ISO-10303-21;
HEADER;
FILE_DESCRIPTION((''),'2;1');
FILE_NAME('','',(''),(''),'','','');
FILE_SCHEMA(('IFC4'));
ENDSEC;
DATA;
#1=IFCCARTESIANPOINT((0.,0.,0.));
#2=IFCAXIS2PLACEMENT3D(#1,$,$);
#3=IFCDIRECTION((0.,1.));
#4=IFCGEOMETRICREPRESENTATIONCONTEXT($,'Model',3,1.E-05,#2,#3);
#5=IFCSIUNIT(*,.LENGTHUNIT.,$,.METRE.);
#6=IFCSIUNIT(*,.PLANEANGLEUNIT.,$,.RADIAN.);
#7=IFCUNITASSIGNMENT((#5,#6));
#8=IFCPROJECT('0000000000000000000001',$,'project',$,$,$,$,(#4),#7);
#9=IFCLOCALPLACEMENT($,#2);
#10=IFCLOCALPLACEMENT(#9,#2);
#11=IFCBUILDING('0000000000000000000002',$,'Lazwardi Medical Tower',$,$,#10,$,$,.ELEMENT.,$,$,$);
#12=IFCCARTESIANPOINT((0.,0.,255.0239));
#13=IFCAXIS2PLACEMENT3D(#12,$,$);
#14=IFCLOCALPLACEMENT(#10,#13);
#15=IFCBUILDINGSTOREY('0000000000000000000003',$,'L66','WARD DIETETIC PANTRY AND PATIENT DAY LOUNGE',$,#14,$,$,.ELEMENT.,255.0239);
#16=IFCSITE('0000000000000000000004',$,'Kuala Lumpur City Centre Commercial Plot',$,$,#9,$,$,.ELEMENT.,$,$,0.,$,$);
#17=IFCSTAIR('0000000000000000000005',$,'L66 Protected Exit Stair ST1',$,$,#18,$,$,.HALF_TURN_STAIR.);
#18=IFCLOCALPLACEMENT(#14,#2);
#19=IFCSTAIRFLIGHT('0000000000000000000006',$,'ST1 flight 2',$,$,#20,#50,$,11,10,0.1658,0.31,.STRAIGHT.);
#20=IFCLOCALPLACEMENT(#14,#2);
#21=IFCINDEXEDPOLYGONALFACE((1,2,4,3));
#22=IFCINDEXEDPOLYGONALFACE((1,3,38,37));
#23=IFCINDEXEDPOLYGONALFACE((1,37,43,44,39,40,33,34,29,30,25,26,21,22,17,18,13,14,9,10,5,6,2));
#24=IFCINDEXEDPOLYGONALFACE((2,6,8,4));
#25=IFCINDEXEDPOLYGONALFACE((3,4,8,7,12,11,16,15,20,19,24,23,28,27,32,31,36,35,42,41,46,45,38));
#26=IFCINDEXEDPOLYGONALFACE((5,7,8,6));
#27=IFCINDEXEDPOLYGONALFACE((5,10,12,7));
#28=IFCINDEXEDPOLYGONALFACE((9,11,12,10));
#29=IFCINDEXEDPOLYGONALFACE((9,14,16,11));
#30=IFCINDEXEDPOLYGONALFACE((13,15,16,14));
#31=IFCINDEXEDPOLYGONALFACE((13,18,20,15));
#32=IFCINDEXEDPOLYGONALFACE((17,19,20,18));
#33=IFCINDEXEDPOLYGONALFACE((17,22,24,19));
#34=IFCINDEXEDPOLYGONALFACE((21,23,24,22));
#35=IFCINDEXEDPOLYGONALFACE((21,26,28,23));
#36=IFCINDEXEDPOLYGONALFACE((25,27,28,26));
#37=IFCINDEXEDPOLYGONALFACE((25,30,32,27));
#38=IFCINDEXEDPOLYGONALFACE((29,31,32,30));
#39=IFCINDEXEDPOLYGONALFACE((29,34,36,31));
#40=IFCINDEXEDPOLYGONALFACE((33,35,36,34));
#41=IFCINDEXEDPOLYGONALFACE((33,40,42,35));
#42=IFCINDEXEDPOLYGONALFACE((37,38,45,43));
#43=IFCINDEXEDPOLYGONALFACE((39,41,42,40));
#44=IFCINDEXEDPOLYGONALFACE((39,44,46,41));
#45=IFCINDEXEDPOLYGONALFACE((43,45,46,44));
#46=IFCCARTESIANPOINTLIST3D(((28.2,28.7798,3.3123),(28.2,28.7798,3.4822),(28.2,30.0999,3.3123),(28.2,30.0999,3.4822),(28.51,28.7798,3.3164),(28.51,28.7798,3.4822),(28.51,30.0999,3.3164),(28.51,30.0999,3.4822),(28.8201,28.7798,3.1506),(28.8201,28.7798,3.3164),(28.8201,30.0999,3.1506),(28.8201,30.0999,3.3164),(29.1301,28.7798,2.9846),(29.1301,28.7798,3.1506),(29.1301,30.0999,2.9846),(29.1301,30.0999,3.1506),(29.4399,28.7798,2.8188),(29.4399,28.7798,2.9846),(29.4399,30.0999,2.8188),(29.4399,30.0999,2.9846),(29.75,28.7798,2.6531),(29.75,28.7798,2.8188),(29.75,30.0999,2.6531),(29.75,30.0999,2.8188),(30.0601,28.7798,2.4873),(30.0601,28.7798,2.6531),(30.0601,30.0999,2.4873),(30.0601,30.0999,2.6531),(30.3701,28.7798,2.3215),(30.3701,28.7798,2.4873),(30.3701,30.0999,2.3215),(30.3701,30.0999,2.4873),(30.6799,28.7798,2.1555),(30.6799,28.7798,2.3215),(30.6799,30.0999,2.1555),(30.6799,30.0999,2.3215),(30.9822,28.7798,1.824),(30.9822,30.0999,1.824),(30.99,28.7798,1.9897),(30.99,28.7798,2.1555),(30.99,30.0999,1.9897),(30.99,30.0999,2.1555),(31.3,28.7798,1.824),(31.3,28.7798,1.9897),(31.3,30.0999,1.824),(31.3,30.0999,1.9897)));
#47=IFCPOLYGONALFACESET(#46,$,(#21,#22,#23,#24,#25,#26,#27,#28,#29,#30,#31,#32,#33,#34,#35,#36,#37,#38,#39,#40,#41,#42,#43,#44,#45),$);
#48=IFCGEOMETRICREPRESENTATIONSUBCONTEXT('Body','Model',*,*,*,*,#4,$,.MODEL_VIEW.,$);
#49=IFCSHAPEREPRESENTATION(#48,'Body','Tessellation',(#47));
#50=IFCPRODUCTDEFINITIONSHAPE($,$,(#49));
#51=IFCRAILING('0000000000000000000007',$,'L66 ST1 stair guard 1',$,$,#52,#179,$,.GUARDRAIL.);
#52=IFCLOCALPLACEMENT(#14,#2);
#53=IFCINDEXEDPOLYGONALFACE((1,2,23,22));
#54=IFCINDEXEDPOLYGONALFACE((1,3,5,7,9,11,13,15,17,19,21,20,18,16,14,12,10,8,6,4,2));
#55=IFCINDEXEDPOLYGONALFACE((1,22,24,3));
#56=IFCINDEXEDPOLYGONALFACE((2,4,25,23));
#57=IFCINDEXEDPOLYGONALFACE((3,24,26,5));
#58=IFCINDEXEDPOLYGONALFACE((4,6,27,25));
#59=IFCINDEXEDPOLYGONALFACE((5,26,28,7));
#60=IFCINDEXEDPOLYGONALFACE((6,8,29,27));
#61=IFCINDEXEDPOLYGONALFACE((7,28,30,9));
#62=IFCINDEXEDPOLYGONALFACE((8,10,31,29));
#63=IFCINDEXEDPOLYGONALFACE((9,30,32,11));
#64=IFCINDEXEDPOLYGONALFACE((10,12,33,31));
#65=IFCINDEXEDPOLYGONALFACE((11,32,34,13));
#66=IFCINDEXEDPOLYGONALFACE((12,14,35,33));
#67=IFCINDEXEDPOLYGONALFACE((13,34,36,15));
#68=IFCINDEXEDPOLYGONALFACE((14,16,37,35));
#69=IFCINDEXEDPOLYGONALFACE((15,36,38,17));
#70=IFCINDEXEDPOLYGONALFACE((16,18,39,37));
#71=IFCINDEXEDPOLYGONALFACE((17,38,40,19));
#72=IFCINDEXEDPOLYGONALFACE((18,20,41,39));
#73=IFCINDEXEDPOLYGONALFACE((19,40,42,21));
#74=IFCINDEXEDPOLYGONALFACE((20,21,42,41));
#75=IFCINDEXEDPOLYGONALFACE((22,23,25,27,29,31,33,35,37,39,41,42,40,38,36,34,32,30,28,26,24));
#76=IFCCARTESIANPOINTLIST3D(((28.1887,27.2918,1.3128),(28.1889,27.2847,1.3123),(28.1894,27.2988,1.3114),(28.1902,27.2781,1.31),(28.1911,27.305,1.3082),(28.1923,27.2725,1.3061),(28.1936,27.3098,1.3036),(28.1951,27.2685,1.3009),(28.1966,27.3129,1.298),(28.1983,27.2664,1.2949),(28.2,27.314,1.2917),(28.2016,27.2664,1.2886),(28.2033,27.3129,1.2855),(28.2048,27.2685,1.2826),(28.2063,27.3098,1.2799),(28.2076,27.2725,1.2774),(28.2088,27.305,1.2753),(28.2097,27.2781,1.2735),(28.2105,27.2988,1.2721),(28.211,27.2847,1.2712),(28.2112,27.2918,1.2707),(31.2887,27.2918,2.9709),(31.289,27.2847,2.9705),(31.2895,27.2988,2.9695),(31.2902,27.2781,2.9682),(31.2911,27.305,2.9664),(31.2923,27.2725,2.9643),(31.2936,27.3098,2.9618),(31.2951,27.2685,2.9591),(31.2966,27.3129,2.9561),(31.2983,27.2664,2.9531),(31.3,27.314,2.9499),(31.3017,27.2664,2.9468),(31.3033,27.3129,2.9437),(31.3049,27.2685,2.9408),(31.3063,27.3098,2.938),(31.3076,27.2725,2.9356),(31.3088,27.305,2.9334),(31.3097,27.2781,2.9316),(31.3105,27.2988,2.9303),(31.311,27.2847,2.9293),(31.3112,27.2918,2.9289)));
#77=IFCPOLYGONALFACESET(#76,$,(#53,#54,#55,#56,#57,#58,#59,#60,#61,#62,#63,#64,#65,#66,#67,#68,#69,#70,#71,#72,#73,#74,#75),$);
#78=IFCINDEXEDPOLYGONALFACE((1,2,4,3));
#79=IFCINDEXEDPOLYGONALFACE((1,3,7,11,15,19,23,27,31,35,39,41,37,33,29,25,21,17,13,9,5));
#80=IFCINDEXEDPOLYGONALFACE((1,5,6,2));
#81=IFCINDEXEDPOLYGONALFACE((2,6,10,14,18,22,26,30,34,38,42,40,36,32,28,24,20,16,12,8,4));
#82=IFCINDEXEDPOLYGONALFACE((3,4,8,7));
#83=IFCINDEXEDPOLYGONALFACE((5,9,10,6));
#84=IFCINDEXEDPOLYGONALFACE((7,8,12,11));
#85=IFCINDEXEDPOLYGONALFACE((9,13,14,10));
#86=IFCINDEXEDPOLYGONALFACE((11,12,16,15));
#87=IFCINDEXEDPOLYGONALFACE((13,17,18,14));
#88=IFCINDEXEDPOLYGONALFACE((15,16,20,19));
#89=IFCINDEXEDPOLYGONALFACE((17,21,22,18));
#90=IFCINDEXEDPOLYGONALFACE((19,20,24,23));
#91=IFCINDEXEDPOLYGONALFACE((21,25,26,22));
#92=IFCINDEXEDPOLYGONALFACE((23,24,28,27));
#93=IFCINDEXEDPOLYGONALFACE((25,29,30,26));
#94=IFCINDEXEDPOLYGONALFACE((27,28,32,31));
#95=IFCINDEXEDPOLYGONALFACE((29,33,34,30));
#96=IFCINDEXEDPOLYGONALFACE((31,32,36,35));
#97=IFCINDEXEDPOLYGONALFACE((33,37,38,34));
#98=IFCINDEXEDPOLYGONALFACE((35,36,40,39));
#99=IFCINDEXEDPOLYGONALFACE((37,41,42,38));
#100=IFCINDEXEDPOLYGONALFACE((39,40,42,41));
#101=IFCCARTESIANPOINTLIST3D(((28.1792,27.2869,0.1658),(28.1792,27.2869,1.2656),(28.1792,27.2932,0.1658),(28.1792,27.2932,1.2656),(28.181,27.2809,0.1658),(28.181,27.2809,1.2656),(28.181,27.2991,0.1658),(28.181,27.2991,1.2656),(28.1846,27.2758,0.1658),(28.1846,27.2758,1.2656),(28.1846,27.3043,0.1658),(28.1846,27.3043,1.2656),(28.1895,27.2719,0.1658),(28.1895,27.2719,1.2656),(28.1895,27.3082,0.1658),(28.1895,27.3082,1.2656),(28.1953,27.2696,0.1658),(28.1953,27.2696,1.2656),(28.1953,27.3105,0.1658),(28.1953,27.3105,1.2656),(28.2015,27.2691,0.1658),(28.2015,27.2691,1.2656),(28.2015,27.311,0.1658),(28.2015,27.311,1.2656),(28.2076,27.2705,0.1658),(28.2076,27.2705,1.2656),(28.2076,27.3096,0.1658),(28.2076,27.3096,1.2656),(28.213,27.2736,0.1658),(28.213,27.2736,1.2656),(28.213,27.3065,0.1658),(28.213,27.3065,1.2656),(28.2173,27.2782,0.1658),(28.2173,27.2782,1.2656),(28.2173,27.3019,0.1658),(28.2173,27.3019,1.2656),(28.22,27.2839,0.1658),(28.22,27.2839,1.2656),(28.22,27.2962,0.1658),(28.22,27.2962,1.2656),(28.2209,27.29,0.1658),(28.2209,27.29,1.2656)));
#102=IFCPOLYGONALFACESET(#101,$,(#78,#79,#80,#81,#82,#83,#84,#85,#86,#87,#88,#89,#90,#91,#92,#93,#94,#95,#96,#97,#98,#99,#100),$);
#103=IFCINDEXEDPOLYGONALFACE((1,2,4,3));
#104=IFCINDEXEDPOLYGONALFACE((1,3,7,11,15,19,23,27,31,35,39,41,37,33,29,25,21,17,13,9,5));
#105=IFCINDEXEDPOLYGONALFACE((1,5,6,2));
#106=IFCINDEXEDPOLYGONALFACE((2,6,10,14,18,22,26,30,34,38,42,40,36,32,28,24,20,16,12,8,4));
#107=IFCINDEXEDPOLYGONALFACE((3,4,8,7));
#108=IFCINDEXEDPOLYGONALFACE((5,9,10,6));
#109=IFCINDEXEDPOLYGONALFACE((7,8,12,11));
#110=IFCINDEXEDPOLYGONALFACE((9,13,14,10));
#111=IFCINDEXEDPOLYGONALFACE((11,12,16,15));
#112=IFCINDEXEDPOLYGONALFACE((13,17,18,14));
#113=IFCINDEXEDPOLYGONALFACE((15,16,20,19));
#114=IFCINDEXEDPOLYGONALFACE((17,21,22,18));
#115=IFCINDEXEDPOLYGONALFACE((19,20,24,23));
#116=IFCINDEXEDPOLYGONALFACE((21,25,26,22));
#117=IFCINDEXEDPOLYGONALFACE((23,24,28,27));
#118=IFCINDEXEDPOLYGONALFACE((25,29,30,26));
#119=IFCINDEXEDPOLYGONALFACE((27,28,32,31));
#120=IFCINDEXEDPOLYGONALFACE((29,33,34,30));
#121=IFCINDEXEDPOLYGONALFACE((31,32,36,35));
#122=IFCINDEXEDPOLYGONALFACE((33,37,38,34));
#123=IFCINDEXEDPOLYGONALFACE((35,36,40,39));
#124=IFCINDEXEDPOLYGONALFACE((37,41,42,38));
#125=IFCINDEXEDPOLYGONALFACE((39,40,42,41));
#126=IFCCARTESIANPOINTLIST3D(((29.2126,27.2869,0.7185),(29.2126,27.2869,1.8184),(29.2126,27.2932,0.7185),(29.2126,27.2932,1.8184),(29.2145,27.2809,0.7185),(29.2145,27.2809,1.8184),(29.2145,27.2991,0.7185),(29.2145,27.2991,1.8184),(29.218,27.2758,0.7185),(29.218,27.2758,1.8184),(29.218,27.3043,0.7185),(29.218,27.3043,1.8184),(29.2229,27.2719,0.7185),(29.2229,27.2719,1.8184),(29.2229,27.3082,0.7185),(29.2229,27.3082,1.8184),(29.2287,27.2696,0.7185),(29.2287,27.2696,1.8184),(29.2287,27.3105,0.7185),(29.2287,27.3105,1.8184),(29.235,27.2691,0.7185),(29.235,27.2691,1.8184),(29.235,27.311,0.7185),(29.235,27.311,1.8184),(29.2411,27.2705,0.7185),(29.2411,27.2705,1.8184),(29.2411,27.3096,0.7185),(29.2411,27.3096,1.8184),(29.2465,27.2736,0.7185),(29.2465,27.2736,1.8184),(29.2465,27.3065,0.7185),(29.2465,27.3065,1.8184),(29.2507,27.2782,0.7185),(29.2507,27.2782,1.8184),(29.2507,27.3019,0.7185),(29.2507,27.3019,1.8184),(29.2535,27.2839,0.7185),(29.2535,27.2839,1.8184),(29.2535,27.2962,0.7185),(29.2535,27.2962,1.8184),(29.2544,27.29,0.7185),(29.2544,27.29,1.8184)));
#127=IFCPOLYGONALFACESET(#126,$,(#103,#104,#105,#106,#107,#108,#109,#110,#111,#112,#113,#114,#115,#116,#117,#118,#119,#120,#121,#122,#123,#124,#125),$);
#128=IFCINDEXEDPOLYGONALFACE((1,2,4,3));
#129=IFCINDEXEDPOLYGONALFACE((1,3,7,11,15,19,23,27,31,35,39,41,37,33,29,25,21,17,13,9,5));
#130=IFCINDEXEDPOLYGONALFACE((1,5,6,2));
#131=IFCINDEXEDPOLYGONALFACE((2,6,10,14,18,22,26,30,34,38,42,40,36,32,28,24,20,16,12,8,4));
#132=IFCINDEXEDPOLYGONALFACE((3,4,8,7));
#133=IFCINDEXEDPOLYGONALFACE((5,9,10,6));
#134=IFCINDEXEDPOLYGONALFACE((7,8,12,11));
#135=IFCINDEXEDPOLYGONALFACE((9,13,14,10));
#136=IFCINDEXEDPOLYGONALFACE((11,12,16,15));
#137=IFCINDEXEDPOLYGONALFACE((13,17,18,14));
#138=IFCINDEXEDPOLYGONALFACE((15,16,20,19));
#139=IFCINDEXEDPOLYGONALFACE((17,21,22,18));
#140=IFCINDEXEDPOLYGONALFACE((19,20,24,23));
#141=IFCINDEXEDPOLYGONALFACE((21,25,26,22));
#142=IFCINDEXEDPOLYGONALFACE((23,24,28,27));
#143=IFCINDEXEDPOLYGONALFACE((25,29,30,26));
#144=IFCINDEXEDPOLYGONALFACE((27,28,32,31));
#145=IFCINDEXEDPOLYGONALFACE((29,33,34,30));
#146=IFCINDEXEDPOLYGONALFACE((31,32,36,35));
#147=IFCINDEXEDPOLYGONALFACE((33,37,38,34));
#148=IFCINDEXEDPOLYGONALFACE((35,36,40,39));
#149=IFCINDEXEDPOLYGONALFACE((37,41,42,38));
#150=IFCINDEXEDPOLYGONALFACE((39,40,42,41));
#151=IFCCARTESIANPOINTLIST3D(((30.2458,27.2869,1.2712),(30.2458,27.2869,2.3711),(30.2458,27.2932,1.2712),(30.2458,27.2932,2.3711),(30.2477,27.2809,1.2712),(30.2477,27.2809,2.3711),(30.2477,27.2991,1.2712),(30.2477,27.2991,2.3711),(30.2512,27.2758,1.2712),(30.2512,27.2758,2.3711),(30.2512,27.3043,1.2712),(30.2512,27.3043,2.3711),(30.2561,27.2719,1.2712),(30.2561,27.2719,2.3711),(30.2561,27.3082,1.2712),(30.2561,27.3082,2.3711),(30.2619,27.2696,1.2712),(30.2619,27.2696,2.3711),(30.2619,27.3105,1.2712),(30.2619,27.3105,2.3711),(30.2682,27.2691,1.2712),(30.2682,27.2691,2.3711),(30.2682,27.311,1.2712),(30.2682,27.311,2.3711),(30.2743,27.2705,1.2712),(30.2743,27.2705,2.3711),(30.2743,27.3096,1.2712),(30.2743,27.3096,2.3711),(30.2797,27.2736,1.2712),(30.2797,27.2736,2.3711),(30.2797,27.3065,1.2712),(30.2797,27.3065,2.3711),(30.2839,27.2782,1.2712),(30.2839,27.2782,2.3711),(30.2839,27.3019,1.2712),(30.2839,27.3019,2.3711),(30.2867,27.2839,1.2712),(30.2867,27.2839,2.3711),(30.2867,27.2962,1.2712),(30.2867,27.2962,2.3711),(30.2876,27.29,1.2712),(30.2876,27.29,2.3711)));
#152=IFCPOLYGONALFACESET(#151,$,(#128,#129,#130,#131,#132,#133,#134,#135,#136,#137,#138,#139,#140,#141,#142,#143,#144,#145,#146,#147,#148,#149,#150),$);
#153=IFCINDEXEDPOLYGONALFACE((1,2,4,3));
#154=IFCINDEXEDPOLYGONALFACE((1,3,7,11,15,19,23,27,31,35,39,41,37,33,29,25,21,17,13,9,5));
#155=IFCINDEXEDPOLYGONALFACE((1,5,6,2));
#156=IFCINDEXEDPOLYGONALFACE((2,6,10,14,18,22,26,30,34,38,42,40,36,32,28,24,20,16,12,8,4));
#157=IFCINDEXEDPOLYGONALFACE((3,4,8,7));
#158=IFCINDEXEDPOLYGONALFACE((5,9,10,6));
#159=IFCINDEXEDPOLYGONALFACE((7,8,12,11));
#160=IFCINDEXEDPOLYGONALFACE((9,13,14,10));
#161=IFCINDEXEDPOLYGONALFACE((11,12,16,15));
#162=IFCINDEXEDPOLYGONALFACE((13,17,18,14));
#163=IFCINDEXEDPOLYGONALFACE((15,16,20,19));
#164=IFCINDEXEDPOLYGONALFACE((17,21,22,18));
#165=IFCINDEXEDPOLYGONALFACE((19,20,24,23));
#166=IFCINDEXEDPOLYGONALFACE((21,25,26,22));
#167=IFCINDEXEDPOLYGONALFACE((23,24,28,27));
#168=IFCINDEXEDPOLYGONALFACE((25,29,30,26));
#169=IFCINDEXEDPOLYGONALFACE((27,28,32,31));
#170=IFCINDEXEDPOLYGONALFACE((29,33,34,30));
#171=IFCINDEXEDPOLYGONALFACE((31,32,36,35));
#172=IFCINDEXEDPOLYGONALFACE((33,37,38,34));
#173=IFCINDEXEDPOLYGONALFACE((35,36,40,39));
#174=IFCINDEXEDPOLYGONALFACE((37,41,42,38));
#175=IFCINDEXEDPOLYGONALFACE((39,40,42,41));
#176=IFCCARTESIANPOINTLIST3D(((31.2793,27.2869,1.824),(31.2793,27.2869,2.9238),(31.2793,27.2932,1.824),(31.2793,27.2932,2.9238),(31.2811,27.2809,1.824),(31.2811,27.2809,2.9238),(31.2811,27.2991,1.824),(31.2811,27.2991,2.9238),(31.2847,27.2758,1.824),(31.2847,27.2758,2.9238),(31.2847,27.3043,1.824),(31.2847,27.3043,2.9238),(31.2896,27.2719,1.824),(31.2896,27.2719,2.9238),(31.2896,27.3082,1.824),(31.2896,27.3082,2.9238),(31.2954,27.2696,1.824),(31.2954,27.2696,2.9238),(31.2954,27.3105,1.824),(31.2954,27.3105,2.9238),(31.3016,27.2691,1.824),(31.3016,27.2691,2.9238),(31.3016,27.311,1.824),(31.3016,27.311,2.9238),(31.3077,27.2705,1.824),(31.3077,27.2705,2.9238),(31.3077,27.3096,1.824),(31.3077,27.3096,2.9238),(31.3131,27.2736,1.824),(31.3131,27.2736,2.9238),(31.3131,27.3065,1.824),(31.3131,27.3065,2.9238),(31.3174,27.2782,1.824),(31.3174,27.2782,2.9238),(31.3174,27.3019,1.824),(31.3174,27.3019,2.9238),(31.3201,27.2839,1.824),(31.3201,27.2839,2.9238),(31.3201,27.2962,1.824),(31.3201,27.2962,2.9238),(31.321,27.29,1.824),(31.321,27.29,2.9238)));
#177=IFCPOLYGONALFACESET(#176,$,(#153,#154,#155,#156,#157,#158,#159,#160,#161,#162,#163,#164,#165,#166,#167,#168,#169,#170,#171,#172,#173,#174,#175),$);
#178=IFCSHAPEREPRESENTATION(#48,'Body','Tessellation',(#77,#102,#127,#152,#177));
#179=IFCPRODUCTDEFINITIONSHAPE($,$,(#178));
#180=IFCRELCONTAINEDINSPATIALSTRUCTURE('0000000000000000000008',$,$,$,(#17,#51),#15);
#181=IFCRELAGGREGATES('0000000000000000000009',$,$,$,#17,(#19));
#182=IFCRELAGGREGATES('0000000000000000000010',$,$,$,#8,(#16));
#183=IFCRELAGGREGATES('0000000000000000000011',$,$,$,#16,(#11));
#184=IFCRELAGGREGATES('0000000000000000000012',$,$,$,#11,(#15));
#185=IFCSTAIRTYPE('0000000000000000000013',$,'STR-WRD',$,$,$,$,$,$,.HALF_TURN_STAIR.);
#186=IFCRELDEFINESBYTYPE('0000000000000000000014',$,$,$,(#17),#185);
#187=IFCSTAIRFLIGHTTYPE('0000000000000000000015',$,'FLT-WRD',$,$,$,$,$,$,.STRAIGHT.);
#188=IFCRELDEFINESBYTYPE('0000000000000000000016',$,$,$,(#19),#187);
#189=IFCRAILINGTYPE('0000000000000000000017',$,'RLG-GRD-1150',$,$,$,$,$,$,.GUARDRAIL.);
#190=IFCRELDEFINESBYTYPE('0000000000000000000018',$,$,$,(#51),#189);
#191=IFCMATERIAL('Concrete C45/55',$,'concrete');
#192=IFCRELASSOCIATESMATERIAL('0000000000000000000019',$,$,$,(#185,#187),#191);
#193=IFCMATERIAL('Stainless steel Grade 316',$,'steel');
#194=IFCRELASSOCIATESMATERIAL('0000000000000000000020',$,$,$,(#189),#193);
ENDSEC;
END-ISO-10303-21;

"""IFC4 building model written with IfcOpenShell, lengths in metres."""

from ifc_helpers import new_model, si_unit, direction, frame, origin, origin_2d, place, context, subcontext, project, spatial, polyline, circle, outline, extrude, material, type_object, element, aggregate, save


model = new_model("IFC4")

# Units and contexts
model_context = context("Model", 3, precision=1e-05, world=origin(), true_north=direction((0.0, 1.0)))
body_context = subcontext(model_context, "Body", "Model", "MODEL_VIEW")
ifc_project = project(units=[si_unit("LENGTHUNIT", "METRE"), si_unit("PLANEANGLEUNIT", "RADIAN")], contexts=[model_context])

# Site, building, storey
site_placement = place(None, origin())
site = spatial("IfcSite", under=ifc_project, at=site_placement, Name="Kuala Lumpur City Centre Commercial Plot", CompositionType="ELEMENT", RefElevation=0.0)
building_placement = place(site_placement, origin())
building = spatial("IfcBuilding", under=site, at=building_placement, Name="Lazwardi Medical Tower", CompositionType="ELEMENT")
storey_placement = place(building_placement, frame((0.0, 0.0, 255.0239)))
storey = spatial("IfcBuildingStorey", under=building, at=storey_placement, Name="L66", Description="WARD DIETETIC PANTRY AND PATIENT DAY LOUNGE", CompositionType="ELEMENT", Elevation=255.0239)

# Stair, stair flight
ifc_material_1 = material(Name="Concrete C45/55", Category="concrete")
stair_type = type_object("IfcStairType", Name="STR-WRD", PredefinedType="HALF_TURN_STAIR", material=ifc_material_1)
stair_placement = place(storey_placement, origin())
stair = element("IfcStair", 1, at=stair_placement, inside=storey, type_object=stair_type, Name="L66 Protected Exit Stair ST1", PredefinedType="HALF_TURN_STAIR")
stair_flight_type = type_object("IfcStairFlightType", Name="FLT-WRD", PredefinedType="STRAIGHT", material=ifc_material_1)
stair_flight_1_placement = place(storey_placement, frame((31.3, 29.4399, 1.824), z_axis=(0.0, 0.0, 1.0), x_axis=(-1.0, 0.0, 0.0)))
stair_flight_1 = element("IfcStairFlight", 2, at=stair_flight_1_placement, type_object=stair_flight_type, Name="ST1 flight 2", NumberOfRisers=11, NumberOfTreads=10, PredefinedType="STRAIGHT", RiserHeight=0.1658, TreadLength=0.31, context=body_context, shape_type="SweptSolid", body=[
    extrude(outline(polyline([(0.0, 0.0), (0.0, 0.1658), (0.3101, 0.1658), (0.3101, 0.3315), (0.6201, 0.3315), (0.6201, 0.4976), (0.9299, 0.4976), (0.9299, 0.6633), (1.24, 0.6633), (1.24, 0.8291), (1.55, 0.8291), (1.55, 0.9949), (1.8601, 0.9949), (1.8601, 1.1606), (2.1699, 1.1606), (2.1699, 1.3267), (2.48, 1.3267), (2.48, 1.4924), (2.79, 1.4924), (2.79, 1.6582), (3.1001, 1.6582), (3.1001, 1.824), (3.1001, 1.4883), (0.3179, 0.0), (0.0, 0.0)])), frame((0.0, 0.6602, 0.0), z_axis=(0.0, -1.0, 0.0), x_axis=(1.0, 0.0, 0.0)), (0.0, 0.0, 1.0), 1.3201),
])
aggregate(stair, [stair_flight_1])

# Railing
ifc_material_2 = material(Name="Stainless steel Grade 316", Category="steel")
railing_type_1 = type_object("IfcRailingType", Name="RLG-GRD-1150", PredefinedType="GUARDRAIL", material=ifc_material_2)
railing_1_placement = place(storey_placement, frame((28.2, 27.29, 0.1658)))
element("IfcRailing", 3, at=railing_1_placement, inside=storey, type_object=railing_type_1, Name="L66 ST1 stair guard 1", PredefinedType="GUARDRAIL", context=body_context, shape_type="SweptSolid", body=[
    extrude(circle(Radius=0.0239, at=origin_2d()), frame((0.0, 0.0, 1.126), z_axis=(0.881783, 0.0, 0.471655), x_axis=(0.0, 1.0, 0.0)), (0.0, 0.0, 1.0), 3.5156),
    extrude(circle(Radius=0.021, at=origin_2d()), origin(), (0.0, 0.0, 1.0), 1.0999),
    extrude(circle(Radius=0.021, at=origin_2d()), frame((1.0334, 0.0, 0.5527)), (0.0, 0.0, 1.0), 1.0999),
    extrude(circle(Radius=0.021, at=origin_2d()), frame((2.0667, 0.0, 1.1055)), (0.0, 0.0, 1.0), 1.0999),
    extrude(circle(Radius=0.021, at=origin_2d()), frame((3.1001, 0.0, 1.6582)), (0.0, 0.0, 1.0), 1.0999),
])

save(model, "model.ifc")
